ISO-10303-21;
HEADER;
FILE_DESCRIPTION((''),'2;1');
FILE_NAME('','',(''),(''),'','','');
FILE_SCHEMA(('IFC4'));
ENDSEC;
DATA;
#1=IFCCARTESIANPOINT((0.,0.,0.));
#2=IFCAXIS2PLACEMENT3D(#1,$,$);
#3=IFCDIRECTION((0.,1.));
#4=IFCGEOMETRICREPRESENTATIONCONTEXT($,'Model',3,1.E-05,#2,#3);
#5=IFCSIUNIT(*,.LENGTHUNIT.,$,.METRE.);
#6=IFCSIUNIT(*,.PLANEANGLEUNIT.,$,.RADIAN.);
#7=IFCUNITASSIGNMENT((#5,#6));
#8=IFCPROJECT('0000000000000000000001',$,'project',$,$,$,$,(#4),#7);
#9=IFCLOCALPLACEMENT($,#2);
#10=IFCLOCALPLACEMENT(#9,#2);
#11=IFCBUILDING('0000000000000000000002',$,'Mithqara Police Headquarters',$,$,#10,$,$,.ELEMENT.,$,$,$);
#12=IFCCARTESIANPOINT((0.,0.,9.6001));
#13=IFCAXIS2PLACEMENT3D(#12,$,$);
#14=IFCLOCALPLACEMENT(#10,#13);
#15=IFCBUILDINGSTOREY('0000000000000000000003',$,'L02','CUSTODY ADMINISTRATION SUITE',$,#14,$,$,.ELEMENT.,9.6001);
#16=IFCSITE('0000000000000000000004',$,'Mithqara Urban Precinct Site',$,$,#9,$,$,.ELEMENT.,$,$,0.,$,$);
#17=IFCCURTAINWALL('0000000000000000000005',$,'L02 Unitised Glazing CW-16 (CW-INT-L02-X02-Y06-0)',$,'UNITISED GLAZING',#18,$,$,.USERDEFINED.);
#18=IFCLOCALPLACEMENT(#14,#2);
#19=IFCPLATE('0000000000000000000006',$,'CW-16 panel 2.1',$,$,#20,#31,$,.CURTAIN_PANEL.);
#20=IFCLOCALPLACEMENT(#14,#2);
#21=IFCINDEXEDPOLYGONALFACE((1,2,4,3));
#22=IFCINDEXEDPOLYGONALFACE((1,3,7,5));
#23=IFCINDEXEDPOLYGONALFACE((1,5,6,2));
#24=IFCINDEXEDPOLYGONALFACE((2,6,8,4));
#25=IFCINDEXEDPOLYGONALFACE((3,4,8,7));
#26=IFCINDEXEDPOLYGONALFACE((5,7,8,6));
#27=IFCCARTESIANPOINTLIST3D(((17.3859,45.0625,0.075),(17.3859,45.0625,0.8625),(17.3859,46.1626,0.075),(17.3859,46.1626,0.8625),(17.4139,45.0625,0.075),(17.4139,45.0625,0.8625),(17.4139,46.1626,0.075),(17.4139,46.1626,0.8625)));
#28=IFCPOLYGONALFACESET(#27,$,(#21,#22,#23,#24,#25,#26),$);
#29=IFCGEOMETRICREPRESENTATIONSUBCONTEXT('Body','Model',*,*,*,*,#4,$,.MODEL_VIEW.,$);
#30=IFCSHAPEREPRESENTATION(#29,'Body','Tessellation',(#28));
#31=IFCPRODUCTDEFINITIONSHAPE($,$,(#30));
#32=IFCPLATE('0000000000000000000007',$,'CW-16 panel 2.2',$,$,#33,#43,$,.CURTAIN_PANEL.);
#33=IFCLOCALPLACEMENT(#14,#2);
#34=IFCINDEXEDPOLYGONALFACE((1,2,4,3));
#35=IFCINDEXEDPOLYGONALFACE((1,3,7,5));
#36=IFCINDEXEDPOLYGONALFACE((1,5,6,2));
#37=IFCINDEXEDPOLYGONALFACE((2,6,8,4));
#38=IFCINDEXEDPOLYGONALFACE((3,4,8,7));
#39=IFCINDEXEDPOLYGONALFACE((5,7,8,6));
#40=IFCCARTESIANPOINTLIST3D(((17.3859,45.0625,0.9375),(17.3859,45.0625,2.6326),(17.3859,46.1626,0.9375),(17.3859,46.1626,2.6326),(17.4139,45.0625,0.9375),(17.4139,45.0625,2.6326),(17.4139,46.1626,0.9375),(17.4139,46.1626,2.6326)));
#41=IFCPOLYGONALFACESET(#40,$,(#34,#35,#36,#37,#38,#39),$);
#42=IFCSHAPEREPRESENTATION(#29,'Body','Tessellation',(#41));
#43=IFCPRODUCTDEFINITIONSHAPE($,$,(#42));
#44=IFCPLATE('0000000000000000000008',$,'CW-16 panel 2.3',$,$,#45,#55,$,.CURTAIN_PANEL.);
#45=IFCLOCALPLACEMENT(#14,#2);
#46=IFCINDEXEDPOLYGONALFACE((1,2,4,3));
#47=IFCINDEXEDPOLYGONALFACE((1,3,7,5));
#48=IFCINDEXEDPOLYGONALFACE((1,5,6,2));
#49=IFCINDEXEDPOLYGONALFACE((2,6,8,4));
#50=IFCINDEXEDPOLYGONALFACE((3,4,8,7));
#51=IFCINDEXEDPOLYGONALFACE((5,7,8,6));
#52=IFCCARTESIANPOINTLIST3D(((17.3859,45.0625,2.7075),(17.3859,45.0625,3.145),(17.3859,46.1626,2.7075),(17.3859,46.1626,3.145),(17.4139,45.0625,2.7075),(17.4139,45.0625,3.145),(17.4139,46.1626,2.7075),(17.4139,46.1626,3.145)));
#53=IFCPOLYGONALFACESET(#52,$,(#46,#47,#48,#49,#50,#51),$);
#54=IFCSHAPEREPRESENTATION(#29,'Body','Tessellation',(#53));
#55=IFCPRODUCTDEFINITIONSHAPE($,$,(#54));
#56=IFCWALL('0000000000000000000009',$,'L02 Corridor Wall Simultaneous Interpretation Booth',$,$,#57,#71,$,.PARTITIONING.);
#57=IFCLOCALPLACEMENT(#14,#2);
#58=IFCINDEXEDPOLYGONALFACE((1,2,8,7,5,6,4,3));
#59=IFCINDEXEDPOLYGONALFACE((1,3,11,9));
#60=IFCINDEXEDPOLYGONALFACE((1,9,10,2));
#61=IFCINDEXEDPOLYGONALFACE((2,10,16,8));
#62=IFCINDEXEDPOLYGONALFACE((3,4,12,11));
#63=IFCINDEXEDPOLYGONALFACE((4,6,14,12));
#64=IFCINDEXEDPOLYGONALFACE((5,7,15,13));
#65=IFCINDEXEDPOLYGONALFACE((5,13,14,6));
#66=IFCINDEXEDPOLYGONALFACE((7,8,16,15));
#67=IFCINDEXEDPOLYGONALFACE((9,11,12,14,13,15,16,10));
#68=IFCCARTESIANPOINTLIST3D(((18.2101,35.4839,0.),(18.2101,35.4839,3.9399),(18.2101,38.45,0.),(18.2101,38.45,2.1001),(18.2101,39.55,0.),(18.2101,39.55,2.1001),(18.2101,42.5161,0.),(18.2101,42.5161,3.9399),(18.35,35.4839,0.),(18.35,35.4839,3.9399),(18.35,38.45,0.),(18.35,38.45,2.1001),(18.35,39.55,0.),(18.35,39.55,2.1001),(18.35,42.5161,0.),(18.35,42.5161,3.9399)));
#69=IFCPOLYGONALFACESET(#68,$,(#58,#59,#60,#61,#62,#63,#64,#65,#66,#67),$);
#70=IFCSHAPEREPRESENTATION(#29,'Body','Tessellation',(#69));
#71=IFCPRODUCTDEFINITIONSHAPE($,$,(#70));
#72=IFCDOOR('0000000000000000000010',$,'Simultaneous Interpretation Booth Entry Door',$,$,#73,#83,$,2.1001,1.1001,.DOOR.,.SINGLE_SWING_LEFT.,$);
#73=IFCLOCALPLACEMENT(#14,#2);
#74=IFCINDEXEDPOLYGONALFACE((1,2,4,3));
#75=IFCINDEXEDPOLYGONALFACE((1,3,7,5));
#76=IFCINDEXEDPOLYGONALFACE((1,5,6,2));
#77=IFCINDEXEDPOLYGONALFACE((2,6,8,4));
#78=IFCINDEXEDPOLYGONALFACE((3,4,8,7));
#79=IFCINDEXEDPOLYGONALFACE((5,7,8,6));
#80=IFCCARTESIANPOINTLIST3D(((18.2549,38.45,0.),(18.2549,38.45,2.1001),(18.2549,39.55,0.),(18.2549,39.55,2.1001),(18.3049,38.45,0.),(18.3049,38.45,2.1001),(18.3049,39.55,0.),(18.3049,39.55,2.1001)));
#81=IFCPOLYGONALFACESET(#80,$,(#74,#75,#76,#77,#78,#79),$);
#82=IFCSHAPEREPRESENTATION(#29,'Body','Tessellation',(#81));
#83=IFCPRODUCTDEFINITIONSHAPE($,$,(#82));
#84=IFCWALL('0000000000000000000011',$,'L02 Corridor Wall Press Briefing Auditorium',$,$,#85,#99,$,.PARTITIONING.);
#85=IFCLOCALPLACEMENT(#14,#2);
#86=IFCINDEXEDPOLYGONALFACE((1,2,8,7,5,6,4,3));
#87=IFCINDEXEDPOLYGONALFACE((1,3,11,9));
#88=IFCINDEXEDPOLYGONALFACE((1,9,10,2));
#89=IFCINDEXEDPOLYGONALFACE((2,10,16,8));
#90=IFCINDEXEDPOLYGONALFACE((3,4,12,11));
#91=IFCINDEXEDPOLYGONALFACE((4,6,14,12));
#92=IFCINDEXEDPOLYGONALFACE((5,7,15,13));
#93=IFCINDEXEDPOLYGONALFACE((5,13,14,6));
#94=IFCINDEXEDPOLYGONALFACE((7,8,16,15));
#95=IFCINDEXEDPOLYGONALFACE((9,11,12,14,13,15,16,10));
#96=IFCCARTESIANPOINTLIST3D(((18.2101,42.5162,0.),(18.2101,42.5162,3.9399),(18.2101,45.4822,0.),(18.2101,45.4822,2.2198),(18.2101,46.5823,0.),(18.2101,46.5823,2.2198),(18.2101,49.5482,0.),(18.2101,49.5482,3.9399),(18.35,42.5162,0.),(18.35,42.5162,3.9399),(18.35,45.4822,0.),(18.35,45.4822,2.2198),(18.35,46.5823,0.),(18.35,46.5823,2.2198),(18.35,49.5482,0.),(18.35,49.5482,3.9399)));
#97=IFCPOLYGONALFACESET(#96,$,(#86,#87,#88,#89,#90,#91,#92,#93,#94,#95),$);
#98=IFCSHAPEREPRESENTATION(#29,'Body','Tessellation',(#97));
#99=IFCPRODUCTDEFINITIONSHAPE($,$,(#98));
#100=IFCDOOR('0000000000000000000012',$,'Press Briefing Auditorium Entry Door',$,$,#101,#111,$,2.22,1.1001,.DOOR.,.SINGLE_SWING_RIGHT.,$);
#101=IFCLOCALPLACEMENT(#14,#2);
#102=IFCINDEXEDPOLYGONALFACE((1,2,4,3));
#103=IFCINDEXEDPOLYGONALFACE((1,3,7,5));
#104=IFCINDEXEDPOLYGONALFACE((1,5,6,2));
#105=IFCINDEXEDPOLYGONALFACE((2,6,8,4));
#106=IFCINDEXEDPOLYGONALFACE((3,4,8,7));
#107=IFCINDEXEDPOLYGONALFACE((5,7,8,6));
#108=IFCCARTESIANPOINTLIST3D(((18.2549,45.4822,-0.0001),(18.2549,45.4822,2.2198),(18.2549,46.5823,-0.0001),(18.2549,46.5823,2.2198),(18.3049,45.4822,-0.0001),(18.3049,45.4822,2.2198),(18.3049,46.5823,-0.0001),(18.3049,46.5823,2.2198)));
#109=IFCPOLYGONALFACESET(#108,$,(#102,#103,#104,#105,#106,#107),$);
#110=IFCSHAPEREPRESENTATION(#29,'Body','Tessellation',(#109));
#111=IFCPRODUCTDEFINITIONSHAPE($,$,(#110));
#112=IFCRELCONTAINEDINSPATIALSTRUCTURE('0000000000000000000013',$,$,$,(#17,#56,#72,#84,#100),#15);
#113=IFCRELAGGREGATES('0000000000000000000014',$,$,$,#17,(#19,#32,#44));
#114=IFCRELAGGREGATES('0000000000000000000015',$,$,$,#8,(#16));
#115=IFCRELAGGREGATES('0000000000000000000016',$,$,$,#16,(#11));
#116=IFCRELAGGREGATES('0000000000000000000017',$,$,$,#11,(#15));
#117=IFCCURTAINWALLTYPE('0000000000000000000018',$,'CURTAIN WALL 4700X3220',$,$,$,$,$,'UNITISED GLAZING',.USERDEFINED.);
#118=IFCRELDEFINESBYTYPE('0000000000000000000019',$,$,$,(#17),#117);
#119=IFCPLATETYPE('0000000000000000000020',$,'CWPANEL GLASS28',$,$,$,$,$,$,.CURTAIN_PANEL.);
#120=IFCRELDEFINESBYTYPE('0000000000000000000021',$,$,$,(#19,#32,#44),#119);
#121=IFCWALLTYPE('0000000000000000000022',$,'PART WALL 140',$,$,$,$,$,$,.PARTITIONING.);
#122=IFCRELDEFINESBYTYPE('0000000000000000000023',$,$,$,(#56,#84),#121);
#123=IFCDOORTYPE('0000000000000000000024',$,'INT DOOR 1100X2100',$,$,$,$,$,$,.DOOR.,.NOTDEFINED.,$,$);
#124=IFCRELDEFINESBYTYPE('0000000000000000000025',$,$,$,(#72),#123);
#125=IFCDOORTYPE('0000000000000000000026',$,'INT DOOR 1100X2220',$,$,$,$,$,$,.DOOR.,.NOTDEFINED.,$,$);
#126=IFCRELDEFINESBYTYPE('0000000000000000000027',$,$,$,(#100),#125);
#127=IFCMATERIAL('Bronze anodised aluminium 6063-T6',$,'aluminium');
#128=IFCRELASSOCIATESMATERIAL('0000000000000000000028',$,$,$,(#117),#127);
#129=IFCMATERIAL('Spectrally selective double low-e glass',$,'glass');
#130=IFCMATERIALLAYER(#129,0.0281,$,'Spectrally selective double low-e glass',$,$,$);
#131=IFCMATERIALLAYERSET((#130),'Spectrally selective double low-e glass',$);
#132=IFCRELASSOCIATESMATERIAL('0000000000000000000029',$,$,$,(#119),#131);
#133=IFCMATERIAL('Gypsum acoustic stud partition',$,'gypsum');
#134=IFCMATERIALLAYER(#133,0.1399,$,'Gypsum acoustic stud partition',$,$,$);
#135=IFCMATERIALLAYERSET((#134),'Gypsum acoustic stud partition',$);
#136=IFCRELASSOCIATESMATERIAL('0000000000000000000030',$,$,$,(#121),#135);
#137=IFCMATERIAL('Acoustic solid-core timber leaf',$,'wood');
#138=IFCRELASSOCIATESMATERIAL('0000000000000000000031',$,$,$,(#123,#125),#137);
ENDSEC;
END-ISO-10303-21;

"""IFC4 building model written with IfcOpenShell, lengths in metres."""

from ifc_helpers import new_model, si_unit, direction, frame, frame_2d, origin, origin_2d, place, context, subcontext, project, spatial, rectangle, extrude, material, layer, layer_set, type_object, element, fill, aggregate, save


model = new_model("IFC4")

# Units and contexts
model_context = context("Model", 3, precision=1e-05, world=origin(), true_north=direction((0.0, 1.0)))
body_context = subcontext(model_context, "Body", "Model", "MODEL_VIEW")
ifc_project = project(units=[si_unit("LENGTHUNIT", "METRE"), si_unit("PLANEANGLEUNIT", "RADIAN")], contexts=[model_context])

# Site, building, storey
site_placement = place(None, origin())
site = spatial("IfcSite", under=ifc_project, at=site_placement, Name="Mithqara Urban Precinct Site", CompositionType="ELEMENT", RefElevation=0.0)
building_placement = place(site_placement, origin())
building = spatial("IfcBuilding", under=site, at=building_placement, Name="Mithqara Police Headquarters", CompositionType="ELEMENT")
storey_placement = place(building_placement, frame((0.0, 0.0, 9.6001)))
storey = spatial("IfcBuildingStorey", under=building, at=storey_placement, Name="L02", Description="CUSTODY ADMINISTRATION SUITE", CompositionType="ELEMENT", Elevation=9.6001)

# Curtain wall, plates
ifc_material_1 = material(Name="Bronze anodised aluminium 6063-T6", Category="aluminium")
curtain_wall_type = type_object("IfcCurtainWallType", Name="CURTAIN WALL 4700X3220", ElementType="UNITISED GLAZING", PredefinedType="USERDEFINED", material=ifc_material_1)
curtain_wall_placement = place(storey_placement, origin())
curtain_wall = element("IfcCurtainWall", 1, at=curtain_wall_placement, inside=storey, type_object=curtain_wall_type, Name="L02 Unitised Glazing CW-16 (CW-INT-L02-X02-Y06-0)", ObjectType="UNITISED GLAZING", PredefinedType="USERDEFINED")
ifc_material_2 = material(Name="Spectrally selective double low-e glass", Category="glass")
ifc_layer_1 = layer(ifc_material_2, 0.0281, Name="Spectrally selective double low-e glass")
ifc_layer_set_1 = layer_set([ifc_layer_1], Name="Spectrally selective double low-e glass")
plate_type = type_object("IfcPlateType", Name="CWPANEL GLASS28", PredefinedType="CURTAIN_PANEL", material=ifc_layer_set_1)
plate_1_placement = place(storey_placement, frame((17.3999, 45.6125, 0.075), z_axis=(0.0, 0.0, 1.0), x_axis=(0.0, 1.0, 0.0)))
plate_1 = element("IfcPlate", 2, at=plate_1_placement, type_object=plate_type, Name="CW-16 panel 2.1", PredefinedType="CURTAIN_PANEL", context=body_context, shape_type="SweptSolid", body=[
    extrude(rectangle(XDim=1.1001, YDim=0.0281, at=origin_2d()), origin(), (0.0, 0.0, 1.0), 0.7876),
])
plate_2_placement = place(storey_placement, frame((17.3999, 45.6125, 0.9375), z_axis=(0.0, 0.0, 1.0), x_axis=(0.0, 1.0, 0.0)))
plate_2 = element("IfcPlate", 3, at=plate_2_placement, type_object=plate_type, Name="CW-16 panel 2.2", PredefinedType="CURTAIN_PANEL", context=body_context, shape_type="SweptSolid", body=[
    extrude(rectangle(XDim=1.1001, YDim=0.0281, at=origin_2d()), origin(), (0.0, 0.0, 1.0), 1.6951),
])
plate_3_placement = place(storey_placement, frame((17.3999, 45.6125, 2.7075), z_axis=(0.0, 0.0, 1.0), x_axis=(0.0, 1.0, 0.0)))
plate_3 = element("IfcPlate", 4, at=plate_3_placement, type_object=plate_type, Name="CW-16 panel 2.3", PredefinedType="CURTAIN_PANEL", context=body_context, shape_type="SweptSolid", body=[
    extrude(rectangle(XDim=1.1001, YDim=0.0281, at=origin_2d()), origin(), (0.0, 0.0, 1.0), 0.4375),
])
aggregate(curtain_wall, [plate_1, plate_2, plate_3])

# Walls, openings, doors
ifc_material_3 = material(Name="Gypsum acoustic stud partition", Category="gypsum")
ifc_layer_2 = layer(ifc_material_3, 0.1399, Name="Gypsum acoustic stud partition")
ifc_layer_set_2 = layer_set([ifc_layer_2], Name="Gypsum acoustic stud partition")
wall_type = type_object("IfcWallType", Name="PART WALL 140", PredefinedType="PARTITIONING", material=ifc_layer_set_2)
wall_1_placement = place(storey_placement, frame((18.28, 35.4839, 0.0), z_axis=(0.0, 0.0, 1.0), x_axis=(0.0, 1.0, 0.0)))
wall_1 = element("IfcWall", 5, at=wall_1_placement, inside=storey, type_object=wall_type, Name="L02 Corridor Wall Simultaneous Interpretation Booth", PredefinedType="PARTITIONING", context=body_context, shape_type="SweptSolid", body=[
    extrude(rectangle(XDim=7.0322, YDim=0.1399, at=frame_2d((3.5161, 0.0))), origin(), (0.0, 0.0, 1.0), 3.9399),
])
opening_1_placement = place(wall_1_placement, frame((2.9661, 0.0, 0.0)))
opening_1 = element("IfcOpeningElement", 6, at=opening_1_placement, cuts=wall_1, PredefinedType="OPENING", context=body_context, shape_type="SweptSolid", body=[
    extrude(rectangle(XDim=1.1001, YDim=2.1001, at=frame_2d((0.55, 1.05))), frame((0.0, 0.0801, 0.0), z_axis=(0.0, -1.0, 0.0), x_axis=(1.0, 0.0, 0.0)), (0.0, 0.0, 1.0), 0.1599),
])
ifc_material_4 = material(Name="Acoustic solid-core timber leaf", Category="wood")
door_type_1 = type_object("IfcDoorType", Name="INT DOOR 1100X2100", OperationType="NOTDEFINED", PredefinedType="DOOR", material=ifc_material_4)
door_1_placement = place(opening_1_placement, frame((1.1001, 0.0, 0.0), z_axis=(0.0, 0.0, 1.0), x_axis=(-1.0, 0.0, 0.0)))
door_1 = element("IfcDoor", 7, at=door_1_placement, inside=storey, type_object=door_type_1, Name="Simultaneous Interpretation Booth Entry Door", OperationType="SINGLE_SWING_LEFT", OverallHeight=2.1001, OverallWidth=1.1001, PredefinedType="DOOR", context=body_context, shape_type="SweptSolid", body=[
    extrude(rectangle(XDim=1.1001, YDim=2.1001, at=frame_2d((0.55, 1.05))), frame((0.0, 0.0249, 0.0), z_axis=(0.0, -1.0, 0.0), x_axis=(1.0, 0.0, 0.0)), (0.0, 0.0, 1.0), 0.05),
])
fill(opening_1, door_1)
wall_2_placement = place(storey_placement, frame((18.28, 42.5161, 0.0), z_axis=(0.0, 0.0, 1.0), x_axis=(0.0, 1.0, 0.0)))
wall_2 = element("IfcWall", 8, at=wall_2_placement, inside=storey, type_object=wall_type, Name="L02 Corridor Wall Press Briefing Auditorium", PredefinedType="PARTITIONING", context=body_context, shape_type="SweptSolid", body=[
    extrude(rectangle(XDim=7.032, YDim=0.1399, at=frame_2d((3.5161, 0.0))), origin(), (0.0, 0.0, 1.0), 3.9399),
])
opening_2_placement = place(wall_2_placement, frame((2.9661, 0.0, 0.0)))
opening_2 = element("IfcOpeningElement", 9, at=opening_2_placement, cuts=wall_2, PredefinedType="OPENING", context=body_context, shape_type="SweptSolid", body=[
    extrude(rectangle(XDim=1.1001, YDim=2.22, at=frame_2d((0.55, 1.1099))), frame((0.0, 0.0801, 0.0), z_axis=(0.0, -1.0, 0.0), x_axis=(1.0, 0.0, 0.0)), (0.0, 0.0, 1.0), 0.1599),
])
door_type_2 = type_object("IfcDoorType", Name="INT DOOR 1100X2220", OperationType="NOTDEFINED", PredefinedType="DOOR", material=ifc_material_4)
door_2_placement = place(opening_2_placement, frame((1.1001, 0.0, 0.0), z_axis=(0.0, 0.0, 1.0), x_axis=(-1.0, 0.0, 0.0)))
door_2 = element("IfcDoor", 10, at=door_2_placement, inside=storey, type_object=door_type_2, Name="Press Briefing Auditorium Entry Door", OperationType="SINGLE_SWING_RIGHT", OverallHeight=2.22, OverallWidth=1.1001, PredefinedType="DOOR", context=body_context, shape_type="SweptSolid", body=[
    extrude(rectangle(XDim=1.1001, YDim=2.22, at=frame_2d((0.55, 1.1099))), frame((0.0, 0.0249, 0.0), z_axis=(0.0, -1.0, 0.0), x_axis=(1.0, 0.0, 0.0)), (0.0, 0.0, 1.0), 0.05),
])
fill(opening_2, door_2)

save(model, "model.ifc")
